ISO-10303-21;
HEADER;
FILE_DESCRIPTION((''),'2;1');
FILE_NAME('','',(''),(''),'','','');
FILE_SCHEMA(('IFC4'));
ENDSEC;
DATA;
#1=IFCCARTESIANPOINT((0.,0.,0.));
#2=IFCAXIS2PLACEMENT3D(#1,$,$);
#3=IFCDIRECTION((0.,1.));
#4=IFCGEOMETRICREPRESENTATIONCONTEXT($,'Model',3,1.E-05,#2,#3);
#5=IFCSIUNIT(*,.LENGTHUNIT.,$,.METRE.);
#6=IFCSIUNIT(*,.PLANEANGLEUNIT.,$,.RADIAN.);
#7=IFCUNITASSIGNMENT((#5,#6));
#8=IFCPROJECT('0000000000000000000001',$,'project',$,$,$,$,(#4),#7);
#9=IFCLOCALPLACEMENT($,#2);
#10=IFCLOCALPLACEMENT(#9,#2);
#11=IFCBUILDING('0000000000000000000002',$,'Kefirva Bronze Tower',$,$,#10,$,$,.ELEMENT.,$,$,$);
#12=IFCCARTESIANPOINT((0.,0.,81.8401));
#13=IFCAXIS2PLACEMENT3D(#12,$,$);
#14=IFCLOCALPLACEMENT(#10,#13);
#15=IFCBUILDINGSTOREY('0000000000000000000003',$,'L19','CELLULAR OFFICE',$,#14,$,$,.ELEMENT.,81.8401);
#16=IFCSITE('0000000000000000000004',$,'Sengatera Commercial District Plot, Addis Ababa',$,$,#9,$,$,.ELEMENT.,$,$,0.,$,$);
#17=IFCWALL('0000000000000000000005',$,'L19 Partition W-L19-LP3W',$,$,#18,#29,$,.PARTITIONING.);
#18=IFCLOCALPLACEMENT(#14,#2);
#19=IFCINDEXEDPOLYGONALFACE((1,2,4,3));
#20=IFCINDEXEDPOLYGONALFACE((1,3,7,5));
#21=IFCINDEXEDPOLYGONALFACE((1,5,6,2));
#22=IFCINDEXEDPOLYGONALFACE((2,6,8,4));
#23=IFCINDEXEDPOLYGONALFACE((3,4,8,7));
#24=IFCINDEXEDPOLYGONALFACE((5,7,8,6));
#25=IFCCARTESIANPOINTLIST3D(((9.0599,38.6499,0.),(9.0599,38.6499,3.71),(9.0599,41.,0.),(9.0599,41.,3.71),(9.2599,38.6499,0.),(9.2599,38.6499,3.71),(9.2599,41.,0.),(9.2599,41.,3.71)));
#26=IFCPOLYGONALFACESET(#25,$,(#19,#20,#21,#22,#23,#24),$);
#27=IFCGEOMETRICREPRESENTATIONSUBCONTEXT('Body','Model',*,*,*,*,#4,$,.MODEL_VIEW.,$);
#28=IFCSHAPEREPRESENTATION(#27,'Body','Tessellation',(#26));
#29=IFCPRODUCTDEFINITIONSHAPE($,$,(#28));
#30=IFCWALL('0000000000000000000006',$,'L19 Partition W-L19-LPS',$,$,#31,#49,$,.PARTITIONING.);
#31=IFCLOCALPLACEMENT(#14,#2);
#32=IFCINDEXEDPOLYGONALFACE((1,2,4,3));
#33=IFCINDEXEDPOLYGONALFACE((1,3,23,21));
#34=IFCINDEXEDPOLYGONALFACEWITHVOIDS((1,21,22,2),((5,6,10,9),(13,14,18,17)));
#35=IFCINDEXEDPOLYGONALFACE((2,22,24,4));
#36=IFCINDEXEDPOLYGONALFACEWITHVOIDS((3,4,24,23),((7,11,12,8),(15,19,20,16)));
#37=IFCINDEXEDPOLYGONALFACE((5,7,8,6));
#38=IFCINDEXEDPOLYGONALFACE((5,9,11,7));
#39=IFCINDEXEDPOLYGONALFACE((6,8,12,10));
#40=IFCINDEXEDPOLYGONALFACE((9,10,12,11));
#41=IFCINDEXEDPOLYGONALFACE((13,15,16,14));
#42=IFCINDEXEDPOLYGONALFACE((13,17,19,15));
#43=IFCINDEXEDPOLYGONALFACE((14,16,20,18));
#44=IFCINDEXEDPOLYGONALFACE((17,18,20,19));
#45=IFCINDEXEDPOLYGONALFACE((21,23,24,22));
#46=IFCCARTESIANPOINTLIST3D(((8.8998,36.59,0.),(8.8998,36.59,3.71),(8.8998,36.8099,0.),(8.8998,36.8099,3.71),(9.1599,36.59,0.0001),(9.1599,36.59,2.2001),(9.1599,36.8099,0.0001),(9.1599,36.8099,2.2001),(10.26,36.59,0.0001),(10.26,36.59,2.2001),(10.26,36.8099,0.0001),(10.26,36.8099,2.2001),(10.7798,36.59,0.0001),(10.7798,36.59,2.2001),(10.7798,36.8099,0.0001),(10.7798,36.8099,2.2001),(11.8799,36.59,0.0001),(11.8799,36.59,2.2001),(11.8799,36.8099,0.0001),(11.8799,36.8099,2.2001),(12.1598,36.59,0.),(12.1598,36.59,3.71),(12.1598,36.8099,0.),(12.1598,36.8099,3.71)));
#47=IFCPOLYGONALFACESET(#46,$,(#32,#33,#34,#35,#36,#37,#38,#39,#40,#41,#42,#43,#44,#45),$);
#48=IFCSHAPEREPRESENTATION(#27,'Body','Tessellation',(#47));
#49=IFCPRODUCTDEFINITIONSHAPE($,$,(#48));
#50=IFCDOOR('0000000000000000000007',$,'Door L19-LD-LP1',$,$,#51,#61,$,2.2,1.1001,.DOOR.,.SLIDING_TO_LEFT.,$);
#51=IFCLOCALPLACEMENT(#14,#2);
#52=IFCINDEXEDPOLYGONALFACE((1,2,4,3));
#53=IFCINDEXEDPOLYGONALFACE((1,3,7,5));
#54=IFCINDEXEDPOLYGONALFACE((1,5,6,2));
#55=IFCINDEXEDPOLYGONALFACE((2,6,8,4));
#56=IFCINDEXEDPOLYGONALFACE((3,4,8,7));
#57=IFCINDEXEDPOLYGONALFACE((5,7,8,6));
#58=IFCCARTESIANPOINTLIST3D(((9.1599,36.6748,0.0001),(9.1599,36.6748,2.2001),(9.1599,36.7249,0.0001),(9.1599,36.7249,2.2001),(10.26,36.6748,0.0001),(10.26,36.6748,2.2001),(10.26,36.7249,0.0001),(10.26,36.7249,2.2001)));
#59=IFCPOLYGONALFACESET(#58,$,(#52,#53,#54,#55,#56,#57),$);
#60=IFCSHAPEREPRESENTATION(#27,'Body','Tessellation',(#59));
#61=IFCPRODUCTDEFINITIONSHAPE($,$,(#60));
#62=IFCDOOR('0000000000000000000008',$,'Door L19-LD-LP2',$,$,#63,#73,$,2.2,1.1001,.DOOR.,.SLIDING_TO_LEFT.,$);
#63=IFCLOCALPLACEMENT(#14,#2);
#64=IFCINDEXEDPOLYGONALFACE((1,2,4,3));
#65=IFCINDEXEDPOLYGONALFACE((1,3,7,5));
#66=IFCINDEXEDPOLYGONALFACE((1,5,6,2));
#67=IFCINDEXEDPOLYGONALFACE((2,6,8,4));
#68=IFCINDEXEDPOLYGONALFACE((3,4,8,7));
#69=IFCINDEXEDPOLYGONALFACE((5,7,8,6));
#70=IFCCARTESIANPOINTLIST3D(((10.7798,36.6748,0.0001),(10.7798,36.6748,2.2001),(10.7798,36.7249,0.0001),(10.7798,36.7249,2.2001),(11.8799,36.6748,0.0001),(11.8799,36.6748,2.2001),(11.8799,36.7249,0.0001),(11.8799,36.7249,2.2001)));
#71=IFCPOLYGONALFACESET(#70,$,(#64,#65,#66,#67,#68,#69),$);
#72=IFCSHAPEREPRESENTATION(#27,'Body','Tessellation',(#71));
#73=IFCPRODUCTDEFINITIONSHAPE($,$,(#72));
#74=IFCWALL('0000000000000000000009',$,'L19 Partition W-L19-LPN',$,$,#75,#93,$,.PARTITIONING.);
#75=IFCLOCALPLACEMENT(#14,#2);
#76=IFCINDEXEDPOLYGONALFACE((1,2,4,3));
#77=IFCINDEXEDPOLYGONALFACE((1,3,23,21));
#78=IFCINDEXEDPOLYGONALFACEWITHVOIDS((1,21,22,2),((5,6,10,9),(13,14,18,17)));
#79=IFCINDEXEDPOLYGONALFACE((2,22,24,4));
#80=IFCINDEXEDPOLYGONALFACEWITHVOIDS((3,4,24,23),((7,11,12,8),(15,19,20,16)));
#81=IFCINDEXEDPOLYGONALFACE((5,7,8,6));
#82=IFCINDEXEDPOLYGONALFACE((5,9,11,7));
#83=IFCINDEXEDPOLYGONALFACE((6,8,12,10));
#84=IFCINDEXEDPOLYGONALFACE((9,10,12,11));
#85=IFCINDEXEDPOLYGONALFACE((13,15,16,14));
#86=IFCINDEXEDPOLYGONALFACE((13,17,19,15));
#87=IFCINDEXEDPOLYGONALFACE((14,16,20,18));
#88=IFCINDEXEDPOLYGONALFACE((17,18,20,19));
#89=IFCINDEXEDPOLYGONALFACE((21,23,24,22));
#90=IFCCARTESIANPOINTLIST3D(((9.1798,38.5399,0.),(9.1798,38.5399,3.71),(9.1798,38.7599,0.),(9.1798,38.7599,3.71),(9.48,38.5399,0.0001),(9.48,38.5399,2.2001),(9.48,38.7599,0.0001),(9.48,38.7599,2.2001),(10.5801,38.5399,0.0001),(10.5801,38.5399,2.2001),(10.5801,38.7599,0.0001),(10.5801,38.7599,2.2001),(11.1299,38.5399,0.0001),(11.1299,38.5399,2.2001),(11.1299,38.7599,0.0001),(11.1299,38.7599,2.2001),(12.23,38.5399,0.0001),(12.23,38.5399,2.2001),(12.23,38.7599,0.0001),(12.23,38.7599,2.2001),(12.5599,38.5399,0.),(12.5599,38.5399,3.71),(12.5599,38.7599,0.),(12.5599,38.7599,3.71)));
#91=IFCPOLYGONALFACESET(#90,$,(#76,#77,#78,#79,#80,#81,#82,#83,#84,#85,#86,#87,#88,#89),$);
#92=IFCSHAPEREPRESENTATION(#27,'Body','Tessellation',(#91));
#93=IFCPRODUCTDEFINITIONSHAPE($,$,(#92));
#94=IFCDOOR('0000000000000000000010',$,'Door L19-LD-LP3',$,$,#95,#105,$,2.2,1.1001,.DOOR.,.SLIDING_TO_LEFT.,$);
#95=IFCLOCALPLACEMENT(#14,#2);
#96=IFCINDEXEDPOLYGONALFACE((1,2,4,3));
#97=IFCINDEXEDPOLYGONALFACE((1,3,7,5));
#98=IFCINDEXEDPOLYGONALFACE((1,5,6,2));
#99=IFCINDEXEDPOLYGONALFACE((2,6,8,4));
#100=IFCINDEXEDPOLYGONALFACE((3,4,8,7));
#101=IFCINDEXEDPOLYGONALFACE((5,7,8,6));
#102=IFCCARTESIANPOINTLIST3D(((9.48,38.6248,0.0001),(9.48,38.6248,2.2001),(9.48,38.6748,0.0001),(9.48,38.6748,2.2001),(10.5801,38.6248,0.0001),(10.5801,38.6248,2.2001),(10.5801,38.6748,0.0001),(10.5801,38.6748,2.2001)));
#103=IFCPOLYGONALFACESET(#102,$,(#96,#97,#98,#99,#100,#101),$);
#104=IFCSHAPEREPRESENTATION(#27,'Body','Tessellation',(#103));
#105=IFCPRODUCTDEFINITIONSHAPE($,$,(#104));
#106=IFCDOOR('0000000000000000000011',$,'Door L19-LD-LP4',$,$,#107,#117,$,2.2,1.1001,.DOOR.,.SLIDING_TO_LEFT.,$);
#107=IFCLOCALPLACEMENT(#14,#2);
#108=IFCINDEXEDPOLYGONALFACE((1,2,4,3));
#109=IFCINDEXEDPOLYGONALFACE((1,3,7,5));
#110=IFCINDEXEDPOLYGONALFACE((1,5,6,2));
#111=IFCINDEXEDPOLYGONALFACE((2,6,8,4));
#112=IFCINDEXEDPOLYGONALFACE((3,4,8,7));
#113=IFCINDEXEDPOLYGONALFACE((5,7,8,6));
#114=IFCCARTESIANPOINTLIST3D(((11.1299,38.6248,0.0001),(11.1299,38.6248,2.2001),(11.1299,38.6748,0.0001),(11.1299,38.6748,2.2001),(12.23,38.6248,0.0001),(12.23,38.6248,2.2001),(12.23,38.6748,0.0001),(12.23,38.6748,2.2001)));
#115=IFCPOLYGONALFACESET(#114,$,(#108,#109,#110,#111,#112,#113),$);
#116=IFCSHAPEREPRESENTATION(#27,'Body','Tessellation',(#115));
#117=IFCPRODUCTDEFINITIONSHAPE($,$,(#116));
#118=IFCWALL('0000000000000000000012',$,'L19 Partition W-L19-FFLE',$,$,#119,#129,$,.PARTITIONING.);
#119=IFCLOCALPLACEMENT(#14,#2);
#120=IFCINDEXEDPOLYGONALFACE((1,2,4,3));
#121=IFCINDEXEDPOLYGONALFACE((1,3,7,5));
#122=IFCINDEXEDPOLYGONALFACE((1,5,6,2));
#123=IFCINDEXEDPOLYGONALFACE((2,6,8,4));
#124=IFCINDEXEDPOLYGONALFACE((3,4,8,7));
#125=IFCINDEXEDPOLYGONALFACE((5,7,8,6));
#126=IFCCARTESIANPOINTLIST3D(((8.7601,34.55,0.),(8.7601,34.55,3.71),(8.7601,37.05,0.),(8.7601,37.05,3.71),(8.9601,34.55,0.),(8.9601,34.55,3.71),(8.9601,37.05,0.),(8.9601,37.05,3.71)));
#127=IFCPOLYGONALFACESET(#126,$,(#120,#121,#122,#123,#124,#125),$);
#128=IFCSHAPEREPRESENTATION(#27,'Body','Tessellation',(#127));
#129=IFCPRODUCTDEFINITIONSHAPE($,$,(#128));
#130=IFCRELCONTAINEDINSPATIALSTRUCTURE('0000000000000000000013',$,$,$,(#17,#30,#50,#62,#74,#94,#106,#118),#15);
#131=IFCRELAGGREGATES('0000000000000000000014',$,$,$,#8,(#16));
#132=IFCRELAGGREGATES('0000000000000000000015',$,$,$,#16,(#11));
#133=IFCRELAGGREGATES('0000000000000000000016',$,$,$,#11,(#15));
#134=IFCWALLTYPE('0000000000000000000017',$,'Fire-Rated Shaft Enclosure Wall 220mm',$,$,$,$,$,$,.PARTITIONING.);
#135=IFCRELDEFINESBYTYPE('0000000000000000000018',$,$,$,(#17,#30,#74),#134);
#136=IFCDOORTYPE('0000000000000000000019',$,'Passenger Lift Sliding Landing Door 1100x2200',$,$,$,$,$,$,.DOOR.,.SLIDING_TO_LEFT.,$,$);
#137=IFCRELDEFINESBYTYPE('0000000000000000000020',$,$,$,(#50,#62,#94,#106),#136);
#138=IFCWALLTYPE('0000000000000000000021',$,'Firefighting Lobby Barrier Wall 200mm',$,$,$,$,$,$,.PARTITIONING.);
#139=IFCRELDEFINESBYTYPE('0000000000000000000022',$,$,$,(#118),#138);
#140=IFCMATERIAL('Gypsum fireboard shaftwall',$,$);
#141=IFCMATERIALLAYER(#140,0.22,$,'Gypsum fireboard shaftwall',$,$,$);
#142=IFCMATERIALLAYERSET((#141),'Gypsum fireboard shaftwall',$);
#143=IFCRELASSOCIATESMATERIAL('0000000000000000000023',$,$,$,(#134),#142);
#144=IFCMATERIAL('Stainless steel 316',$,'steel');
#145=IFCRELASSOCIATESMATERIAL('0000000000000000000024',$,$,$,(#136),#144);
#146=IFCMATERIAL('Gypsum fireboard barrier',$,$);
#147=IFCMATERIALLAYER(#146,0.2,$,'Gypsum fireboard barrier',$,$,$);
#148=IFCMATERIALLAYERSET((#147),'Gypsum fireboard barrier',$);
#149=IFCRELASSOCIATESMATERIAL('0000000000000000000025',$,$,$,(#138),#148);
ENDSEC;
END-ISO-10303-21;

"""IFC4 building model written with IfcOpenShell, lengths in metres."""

from ifc_helpers import new_model, si_unit, direction, frame, frame_2d, origin, place, context, subcontext, project, spatial, rectangle, extrude, material, layer, layer_set, type_object, element, fill, save


model = new_model("IFC4")

# Units and contexts
model_context = context("Model", 3, precision=1e-05, world=origin(), true_north=direction((0.0, 1.0)))
body_context = subcontext(model_context, "Body", "Model", "MODEL_VIEW")
ifc_project = project(units=[si_unit("LENGTHUNIT", "METRE"), si_unit("PLANEANGLEUNIT", "RADIAN")], contexts=[model_context])

# Site, building, storey
site_placement = place(None, origin())
site = spatial("IfcSite", under=ifc_project, at=site_placement, Name="Sengatera Commercial District Plot, Addis Ababa", CompositionType="ELEMENT", RefElevation=0.0)
building_placement = place(site_placement, origin())
building = spatial("IfcBuilding", under=site, at=building_placement, Name="Kefirva Bronze Tower", CompositionType="ELEMENT")
storey_placement = place(building_placement, frame((0.0, 0.0, 81.8401)))
storey = spatial("IfcBuildingStorey", under=building, at=storey_placement, Name="L19", Description="CELLULAR OFFICE", CompositionType="ELEMENT", Elevation=81.8401)

# Shared definitions
ifc_material_1 = material(Name="Gypsum fireboard shaftwall")
ifc_layer_1 = layer(ifc_material_1, 0.22, Name="Gypsum fireboard shaftwall")
ifc_layer_set_1 = layer_set([ifc_layer_1], Name="Gypsum fireboard shaftwall")
wall_type_1 = type_object("IfcWallType", Name="Fire-Rated Shaft Enclosure Wall 220mm", PredefinedType="PARTITIONING", material=ifc_layer_set_1)
ifc_material_2 = material(Name="Stainless steel 316", Category="steel")

# Wall
wall_1_placement = place(storey_placement, frame((9.1599, 38.6499, 0.0), z_axis=(0.0, 0.0, 1.0), x_axis=(0.0, 1.0, 0.0)))
element("IfcWall", 1, at=wall_1_placement, inside=storey, type_object=wall_type_1, Name="L19 Partition W-L19-LP3W", PredefinedType="PARTITIONING", context=body_context, shape_type="SweptSolid", body=[
    extrude(rectangle(XDim=2.3501, YDim=0.2, at=frame_2d((1.175, 0.0))), origin(), (0.0, 0.0, 1.0), 3.71),
])

# Walls, openings, doors
wall_2_placement = place(storey_placement, frame((8.8999, 36.7, 0.0), z_axis=(0.0, 0.0, 1.0), x_axis=(1.0, 0.0, 0.0)))
wall_2 = element("IfcWall", 2, at=wall_2_placement, inside=storey, type_object=wall_type_1, Name="L19 Partition W-L19-LPS", PredefinedType="PARTITIONING", context=body_context, shape_type="SweptSolid", body=[
    extrude(rectangle(XDim=3.26, YDim=0.22, at=frame_2d((1.6299, 0.0))), origin(), (0.0, 0.0, 1.0), 3.71),
])
opening_1_placement = place(wall_2_placement, frame((0.26, 0.0, 0.0)))
opening_1 = element("IfcOpeningElement", 3, at=opening_1_placement, cuts=wall_2, PredefinedType="OPENING", context=body_context, shape_type="SweptSolid", body=[
    extrude(rectangle(XDim=1.1001, YDim=2.2, at=frame_2d((0.55, 1.1001))), frame((0.0, 0.1201, 0.0), z_axis=(0.0, -1.0, 0.0), x_axis=(1.0, 0.0, 0.0)), (0.0, 0.0, 1.0), 0.24),
])
opening_2_placement = place(wall_2_placement, frame((1.8799, 0.0, 0.0)))
opening_2 = element("IfcOpeningElement", 4, at=opening_2_placement, cuts=wall_2, PredefinedType="OPENING", context=body_context, shape_type="SweptSolid", body=[
    extrude(rectangle(XDim=1.1001, YDim=2.2, at=frame_2d((0.55, 1.1001))), frame((0.0, 0.1201, 0.0), z_axis=(0.0, -1.0, 0.0), x_axis=(1.0, 0.0, 0.0)), (0.0, 0.0, 1.0), 0.24),
])
door_type_1 = type_object("IfcDoorType", Name="Passenger Lift Sliding Landing Door 1100x2200", OperationType="SLIDING_TO_LEFT", PredefinedType="DOOR", material=ifc_material_2)
door_1_placement = place(opening_1_placement, origin())
door_1 = element("IfcDoor", 5, at=door_1_placement, inside=storey, type_object=door_type_1, Name="Door L19-LD-LP1", OperationType="SLIDING_TO_LEFT", OverallHeight=2.2, OverallWidth=1.1001, PredefinedType="DOOR", context=body_context, shape_type="SweptSolid", body=[
    extrude(rectangle(XDim=1.1001, YDim=2.2, at=frame_2d((0.55, 1.1001))), frame((0.0, 0.0249, 0.0), z_axis=(0.0, -1.0, 0.0), x_axis=(1.0, 0.0, 0.0)), (0.0, 0.0, 1.0), 0.05),
])
fill(opening_1, door_1)
door_2_placement = place(opening_2_placement, origin())
door_2 = element("IfcDoor", 6, at=door_2_placement, inside=storey, type_object=door_type_1, Name="Door L19-LD-LP2", OperationType="SLIDING_TO_LEFT", OverallHeight=2.2, OverallWidth=1.1001, PredefinedType="DOOR", context=body_context, shape_type="SweptSolid", body=[
    extrude(rectangle(XDim=1.1001, YDim=2.2, at=frame_2d((0.55, 1.1001))), frame((0.0, 0.0249, 0.0), z_axis=(0.0, -1.0, 0.0), x_axis=(1.0, 0.0, 0.0)), (0.0, 0.0, 1.0), 0.05),
])
fill(opening_2, door_2)
wall_3_placement = place(storey_placement, frame((9.1799, 38.6499, 0.0), z_axis=(0.0, 0.0, 1.0), x_axis=(1.0, 0.0, 0.0)))
wall_3 = element("IfcWall", 7, at=wall_3_placement, inside=storey, type_object=wall_type_1, Name="L19 Partition W-L19-LPN", PredefinedType="PARTITIONING", context=body_context, shape_type="SweptSolid", body=[
    extrude(rectangle(XDim=3.3801, YDim=0.22, at=frame_2d((1.6899, 0.0))), origin(), (0.0, 0.0, 1.0), 3.71),
])
opening_3_placement = place(wall_3_placement, frame((0.3, 0.0, 0.0)))
opening_3 = element("IfcOpeningElement", 8, at=opening_3_placement, cuts=wall_3, PredefinedType="OPENING", context=body_context, shape_type="SweptSolid", body=[
    extrude(rectangle(XDim=1.1001, YDim=2.2, at=frame_2d((0.55, 1.1001))), frame((0.0, 0.1201, 0.0), z_axis=(0.0, -1.0, 0.0), x_axis=(1.0, 0.0, 0.0)), (0.0, 0.0, 1.0), 0.24),
])
opening_4_placement = place(wall_3_placement, frame((1.95, 0.0, 0.0)))
opening_4 = element("IfcOpeningElement", 9, at=opening_4_placement, cuts=wall_3, PredefinedType="OPENING", context=body_context, shape_type="SweptSolid", body=[
    extrude(rectangle(XDim=1.1001, YDim=2.2, at=frame_2d((0.55, 1.1001))), frame((0.0, 0.1201, 0.0), z_axis=(0.0, -1.0, 0.0), x_axis=(1.0, 0.0, 0.0)), (0.0, 0.0, 1.0), 0.24),
])
door_3_placement = place(opening_3_placement, origin())
door_3 = element("IfcDoor", 10, at=door_3_placement, inside=storey, type_object=door_type_1, Name="Door L19-LD-LP3", OperationType="SLIDING_TO_LEFT", OverallHeight=2.2, OverallWidth=1.1001, PredefinedType="DOOR", context=body_context, shape_type="SweptSolid", body=[
    extrude(rectangle(XDim=1.1001, YDim=2.2, at=frame_2d((0.55, 1.1001))), frame((0.0, 0.0249, 0.0), z_axis=(0.0, -1.0, 0.0), x_axis=(1.0, 0.0, 0.0)), (0.0, 0.0, 1.0), 0.05),
])
fill(opening_3, door_3)
door_4_placement = place(opening_4_placement, origin())
door_4 = element("IfcDoor", 11, at=door_4_placement, inside=storey, type_object=door_type_1, Name="Door L19-LD-LP4", OperationType="SLIDING_TO_LEFT", OverallHeight=2.2, OverallWidth=1.1001, PredefinedType="DOOR", context=body_context, shape_type="SweptSolid", body=[
    extrude(rectangle(XDim=1.1001, YDim=2.2, at=frame_2d((0.55, 1.1001))), frame((0.0, 0.0249, 0.0), z_axis=(0.0, -1.0, 0.0), x_axis=(1.0, 0.0, 0.0)), (0.0, 0.0, 1.0), 0.05),
])
fill(opening_4, door_4)

# Wall
ifc_material_3 = material(Name="Gypsum fireboard barrier")
ifc_layer_2 = layer(ifc_material_3, 0.2, Name="Gypsum fireboard barrier")
ifc_layer_set_2 = layer_set([ifc_layer_2], Name="Gypsum fireboard barrier")
wall_type_2 = type_object("IfcWallType", Name="Firefighting Lobby Barrier Wall 200mm", PredefinedType="PARTITIONING", material=ifc_layer_set_2)
wall_4_placement = place(storey_placement, frame((8.8601, 34.55, 0.0), z_axis=(0.0, 0.0, 1.0), x_axis=(0.0, 1.0, 0.0)))
element("IfcWall", 12, at=wall_4_placement, inside=storey, type_object=wall_type_2, Name="L19 Partition W-L19-FFLE", PredefinedType="PARTITIONING", context=body_context, shape_type="SweptSolid", body=[
    extrude(rectangle(XDim=2.5, YDim=0.2, at=frame_2d((1.25, 0.0))), origin(), (0.0, 0.0, 1.0), 3.71),
])

save(model, "model.ifc")
